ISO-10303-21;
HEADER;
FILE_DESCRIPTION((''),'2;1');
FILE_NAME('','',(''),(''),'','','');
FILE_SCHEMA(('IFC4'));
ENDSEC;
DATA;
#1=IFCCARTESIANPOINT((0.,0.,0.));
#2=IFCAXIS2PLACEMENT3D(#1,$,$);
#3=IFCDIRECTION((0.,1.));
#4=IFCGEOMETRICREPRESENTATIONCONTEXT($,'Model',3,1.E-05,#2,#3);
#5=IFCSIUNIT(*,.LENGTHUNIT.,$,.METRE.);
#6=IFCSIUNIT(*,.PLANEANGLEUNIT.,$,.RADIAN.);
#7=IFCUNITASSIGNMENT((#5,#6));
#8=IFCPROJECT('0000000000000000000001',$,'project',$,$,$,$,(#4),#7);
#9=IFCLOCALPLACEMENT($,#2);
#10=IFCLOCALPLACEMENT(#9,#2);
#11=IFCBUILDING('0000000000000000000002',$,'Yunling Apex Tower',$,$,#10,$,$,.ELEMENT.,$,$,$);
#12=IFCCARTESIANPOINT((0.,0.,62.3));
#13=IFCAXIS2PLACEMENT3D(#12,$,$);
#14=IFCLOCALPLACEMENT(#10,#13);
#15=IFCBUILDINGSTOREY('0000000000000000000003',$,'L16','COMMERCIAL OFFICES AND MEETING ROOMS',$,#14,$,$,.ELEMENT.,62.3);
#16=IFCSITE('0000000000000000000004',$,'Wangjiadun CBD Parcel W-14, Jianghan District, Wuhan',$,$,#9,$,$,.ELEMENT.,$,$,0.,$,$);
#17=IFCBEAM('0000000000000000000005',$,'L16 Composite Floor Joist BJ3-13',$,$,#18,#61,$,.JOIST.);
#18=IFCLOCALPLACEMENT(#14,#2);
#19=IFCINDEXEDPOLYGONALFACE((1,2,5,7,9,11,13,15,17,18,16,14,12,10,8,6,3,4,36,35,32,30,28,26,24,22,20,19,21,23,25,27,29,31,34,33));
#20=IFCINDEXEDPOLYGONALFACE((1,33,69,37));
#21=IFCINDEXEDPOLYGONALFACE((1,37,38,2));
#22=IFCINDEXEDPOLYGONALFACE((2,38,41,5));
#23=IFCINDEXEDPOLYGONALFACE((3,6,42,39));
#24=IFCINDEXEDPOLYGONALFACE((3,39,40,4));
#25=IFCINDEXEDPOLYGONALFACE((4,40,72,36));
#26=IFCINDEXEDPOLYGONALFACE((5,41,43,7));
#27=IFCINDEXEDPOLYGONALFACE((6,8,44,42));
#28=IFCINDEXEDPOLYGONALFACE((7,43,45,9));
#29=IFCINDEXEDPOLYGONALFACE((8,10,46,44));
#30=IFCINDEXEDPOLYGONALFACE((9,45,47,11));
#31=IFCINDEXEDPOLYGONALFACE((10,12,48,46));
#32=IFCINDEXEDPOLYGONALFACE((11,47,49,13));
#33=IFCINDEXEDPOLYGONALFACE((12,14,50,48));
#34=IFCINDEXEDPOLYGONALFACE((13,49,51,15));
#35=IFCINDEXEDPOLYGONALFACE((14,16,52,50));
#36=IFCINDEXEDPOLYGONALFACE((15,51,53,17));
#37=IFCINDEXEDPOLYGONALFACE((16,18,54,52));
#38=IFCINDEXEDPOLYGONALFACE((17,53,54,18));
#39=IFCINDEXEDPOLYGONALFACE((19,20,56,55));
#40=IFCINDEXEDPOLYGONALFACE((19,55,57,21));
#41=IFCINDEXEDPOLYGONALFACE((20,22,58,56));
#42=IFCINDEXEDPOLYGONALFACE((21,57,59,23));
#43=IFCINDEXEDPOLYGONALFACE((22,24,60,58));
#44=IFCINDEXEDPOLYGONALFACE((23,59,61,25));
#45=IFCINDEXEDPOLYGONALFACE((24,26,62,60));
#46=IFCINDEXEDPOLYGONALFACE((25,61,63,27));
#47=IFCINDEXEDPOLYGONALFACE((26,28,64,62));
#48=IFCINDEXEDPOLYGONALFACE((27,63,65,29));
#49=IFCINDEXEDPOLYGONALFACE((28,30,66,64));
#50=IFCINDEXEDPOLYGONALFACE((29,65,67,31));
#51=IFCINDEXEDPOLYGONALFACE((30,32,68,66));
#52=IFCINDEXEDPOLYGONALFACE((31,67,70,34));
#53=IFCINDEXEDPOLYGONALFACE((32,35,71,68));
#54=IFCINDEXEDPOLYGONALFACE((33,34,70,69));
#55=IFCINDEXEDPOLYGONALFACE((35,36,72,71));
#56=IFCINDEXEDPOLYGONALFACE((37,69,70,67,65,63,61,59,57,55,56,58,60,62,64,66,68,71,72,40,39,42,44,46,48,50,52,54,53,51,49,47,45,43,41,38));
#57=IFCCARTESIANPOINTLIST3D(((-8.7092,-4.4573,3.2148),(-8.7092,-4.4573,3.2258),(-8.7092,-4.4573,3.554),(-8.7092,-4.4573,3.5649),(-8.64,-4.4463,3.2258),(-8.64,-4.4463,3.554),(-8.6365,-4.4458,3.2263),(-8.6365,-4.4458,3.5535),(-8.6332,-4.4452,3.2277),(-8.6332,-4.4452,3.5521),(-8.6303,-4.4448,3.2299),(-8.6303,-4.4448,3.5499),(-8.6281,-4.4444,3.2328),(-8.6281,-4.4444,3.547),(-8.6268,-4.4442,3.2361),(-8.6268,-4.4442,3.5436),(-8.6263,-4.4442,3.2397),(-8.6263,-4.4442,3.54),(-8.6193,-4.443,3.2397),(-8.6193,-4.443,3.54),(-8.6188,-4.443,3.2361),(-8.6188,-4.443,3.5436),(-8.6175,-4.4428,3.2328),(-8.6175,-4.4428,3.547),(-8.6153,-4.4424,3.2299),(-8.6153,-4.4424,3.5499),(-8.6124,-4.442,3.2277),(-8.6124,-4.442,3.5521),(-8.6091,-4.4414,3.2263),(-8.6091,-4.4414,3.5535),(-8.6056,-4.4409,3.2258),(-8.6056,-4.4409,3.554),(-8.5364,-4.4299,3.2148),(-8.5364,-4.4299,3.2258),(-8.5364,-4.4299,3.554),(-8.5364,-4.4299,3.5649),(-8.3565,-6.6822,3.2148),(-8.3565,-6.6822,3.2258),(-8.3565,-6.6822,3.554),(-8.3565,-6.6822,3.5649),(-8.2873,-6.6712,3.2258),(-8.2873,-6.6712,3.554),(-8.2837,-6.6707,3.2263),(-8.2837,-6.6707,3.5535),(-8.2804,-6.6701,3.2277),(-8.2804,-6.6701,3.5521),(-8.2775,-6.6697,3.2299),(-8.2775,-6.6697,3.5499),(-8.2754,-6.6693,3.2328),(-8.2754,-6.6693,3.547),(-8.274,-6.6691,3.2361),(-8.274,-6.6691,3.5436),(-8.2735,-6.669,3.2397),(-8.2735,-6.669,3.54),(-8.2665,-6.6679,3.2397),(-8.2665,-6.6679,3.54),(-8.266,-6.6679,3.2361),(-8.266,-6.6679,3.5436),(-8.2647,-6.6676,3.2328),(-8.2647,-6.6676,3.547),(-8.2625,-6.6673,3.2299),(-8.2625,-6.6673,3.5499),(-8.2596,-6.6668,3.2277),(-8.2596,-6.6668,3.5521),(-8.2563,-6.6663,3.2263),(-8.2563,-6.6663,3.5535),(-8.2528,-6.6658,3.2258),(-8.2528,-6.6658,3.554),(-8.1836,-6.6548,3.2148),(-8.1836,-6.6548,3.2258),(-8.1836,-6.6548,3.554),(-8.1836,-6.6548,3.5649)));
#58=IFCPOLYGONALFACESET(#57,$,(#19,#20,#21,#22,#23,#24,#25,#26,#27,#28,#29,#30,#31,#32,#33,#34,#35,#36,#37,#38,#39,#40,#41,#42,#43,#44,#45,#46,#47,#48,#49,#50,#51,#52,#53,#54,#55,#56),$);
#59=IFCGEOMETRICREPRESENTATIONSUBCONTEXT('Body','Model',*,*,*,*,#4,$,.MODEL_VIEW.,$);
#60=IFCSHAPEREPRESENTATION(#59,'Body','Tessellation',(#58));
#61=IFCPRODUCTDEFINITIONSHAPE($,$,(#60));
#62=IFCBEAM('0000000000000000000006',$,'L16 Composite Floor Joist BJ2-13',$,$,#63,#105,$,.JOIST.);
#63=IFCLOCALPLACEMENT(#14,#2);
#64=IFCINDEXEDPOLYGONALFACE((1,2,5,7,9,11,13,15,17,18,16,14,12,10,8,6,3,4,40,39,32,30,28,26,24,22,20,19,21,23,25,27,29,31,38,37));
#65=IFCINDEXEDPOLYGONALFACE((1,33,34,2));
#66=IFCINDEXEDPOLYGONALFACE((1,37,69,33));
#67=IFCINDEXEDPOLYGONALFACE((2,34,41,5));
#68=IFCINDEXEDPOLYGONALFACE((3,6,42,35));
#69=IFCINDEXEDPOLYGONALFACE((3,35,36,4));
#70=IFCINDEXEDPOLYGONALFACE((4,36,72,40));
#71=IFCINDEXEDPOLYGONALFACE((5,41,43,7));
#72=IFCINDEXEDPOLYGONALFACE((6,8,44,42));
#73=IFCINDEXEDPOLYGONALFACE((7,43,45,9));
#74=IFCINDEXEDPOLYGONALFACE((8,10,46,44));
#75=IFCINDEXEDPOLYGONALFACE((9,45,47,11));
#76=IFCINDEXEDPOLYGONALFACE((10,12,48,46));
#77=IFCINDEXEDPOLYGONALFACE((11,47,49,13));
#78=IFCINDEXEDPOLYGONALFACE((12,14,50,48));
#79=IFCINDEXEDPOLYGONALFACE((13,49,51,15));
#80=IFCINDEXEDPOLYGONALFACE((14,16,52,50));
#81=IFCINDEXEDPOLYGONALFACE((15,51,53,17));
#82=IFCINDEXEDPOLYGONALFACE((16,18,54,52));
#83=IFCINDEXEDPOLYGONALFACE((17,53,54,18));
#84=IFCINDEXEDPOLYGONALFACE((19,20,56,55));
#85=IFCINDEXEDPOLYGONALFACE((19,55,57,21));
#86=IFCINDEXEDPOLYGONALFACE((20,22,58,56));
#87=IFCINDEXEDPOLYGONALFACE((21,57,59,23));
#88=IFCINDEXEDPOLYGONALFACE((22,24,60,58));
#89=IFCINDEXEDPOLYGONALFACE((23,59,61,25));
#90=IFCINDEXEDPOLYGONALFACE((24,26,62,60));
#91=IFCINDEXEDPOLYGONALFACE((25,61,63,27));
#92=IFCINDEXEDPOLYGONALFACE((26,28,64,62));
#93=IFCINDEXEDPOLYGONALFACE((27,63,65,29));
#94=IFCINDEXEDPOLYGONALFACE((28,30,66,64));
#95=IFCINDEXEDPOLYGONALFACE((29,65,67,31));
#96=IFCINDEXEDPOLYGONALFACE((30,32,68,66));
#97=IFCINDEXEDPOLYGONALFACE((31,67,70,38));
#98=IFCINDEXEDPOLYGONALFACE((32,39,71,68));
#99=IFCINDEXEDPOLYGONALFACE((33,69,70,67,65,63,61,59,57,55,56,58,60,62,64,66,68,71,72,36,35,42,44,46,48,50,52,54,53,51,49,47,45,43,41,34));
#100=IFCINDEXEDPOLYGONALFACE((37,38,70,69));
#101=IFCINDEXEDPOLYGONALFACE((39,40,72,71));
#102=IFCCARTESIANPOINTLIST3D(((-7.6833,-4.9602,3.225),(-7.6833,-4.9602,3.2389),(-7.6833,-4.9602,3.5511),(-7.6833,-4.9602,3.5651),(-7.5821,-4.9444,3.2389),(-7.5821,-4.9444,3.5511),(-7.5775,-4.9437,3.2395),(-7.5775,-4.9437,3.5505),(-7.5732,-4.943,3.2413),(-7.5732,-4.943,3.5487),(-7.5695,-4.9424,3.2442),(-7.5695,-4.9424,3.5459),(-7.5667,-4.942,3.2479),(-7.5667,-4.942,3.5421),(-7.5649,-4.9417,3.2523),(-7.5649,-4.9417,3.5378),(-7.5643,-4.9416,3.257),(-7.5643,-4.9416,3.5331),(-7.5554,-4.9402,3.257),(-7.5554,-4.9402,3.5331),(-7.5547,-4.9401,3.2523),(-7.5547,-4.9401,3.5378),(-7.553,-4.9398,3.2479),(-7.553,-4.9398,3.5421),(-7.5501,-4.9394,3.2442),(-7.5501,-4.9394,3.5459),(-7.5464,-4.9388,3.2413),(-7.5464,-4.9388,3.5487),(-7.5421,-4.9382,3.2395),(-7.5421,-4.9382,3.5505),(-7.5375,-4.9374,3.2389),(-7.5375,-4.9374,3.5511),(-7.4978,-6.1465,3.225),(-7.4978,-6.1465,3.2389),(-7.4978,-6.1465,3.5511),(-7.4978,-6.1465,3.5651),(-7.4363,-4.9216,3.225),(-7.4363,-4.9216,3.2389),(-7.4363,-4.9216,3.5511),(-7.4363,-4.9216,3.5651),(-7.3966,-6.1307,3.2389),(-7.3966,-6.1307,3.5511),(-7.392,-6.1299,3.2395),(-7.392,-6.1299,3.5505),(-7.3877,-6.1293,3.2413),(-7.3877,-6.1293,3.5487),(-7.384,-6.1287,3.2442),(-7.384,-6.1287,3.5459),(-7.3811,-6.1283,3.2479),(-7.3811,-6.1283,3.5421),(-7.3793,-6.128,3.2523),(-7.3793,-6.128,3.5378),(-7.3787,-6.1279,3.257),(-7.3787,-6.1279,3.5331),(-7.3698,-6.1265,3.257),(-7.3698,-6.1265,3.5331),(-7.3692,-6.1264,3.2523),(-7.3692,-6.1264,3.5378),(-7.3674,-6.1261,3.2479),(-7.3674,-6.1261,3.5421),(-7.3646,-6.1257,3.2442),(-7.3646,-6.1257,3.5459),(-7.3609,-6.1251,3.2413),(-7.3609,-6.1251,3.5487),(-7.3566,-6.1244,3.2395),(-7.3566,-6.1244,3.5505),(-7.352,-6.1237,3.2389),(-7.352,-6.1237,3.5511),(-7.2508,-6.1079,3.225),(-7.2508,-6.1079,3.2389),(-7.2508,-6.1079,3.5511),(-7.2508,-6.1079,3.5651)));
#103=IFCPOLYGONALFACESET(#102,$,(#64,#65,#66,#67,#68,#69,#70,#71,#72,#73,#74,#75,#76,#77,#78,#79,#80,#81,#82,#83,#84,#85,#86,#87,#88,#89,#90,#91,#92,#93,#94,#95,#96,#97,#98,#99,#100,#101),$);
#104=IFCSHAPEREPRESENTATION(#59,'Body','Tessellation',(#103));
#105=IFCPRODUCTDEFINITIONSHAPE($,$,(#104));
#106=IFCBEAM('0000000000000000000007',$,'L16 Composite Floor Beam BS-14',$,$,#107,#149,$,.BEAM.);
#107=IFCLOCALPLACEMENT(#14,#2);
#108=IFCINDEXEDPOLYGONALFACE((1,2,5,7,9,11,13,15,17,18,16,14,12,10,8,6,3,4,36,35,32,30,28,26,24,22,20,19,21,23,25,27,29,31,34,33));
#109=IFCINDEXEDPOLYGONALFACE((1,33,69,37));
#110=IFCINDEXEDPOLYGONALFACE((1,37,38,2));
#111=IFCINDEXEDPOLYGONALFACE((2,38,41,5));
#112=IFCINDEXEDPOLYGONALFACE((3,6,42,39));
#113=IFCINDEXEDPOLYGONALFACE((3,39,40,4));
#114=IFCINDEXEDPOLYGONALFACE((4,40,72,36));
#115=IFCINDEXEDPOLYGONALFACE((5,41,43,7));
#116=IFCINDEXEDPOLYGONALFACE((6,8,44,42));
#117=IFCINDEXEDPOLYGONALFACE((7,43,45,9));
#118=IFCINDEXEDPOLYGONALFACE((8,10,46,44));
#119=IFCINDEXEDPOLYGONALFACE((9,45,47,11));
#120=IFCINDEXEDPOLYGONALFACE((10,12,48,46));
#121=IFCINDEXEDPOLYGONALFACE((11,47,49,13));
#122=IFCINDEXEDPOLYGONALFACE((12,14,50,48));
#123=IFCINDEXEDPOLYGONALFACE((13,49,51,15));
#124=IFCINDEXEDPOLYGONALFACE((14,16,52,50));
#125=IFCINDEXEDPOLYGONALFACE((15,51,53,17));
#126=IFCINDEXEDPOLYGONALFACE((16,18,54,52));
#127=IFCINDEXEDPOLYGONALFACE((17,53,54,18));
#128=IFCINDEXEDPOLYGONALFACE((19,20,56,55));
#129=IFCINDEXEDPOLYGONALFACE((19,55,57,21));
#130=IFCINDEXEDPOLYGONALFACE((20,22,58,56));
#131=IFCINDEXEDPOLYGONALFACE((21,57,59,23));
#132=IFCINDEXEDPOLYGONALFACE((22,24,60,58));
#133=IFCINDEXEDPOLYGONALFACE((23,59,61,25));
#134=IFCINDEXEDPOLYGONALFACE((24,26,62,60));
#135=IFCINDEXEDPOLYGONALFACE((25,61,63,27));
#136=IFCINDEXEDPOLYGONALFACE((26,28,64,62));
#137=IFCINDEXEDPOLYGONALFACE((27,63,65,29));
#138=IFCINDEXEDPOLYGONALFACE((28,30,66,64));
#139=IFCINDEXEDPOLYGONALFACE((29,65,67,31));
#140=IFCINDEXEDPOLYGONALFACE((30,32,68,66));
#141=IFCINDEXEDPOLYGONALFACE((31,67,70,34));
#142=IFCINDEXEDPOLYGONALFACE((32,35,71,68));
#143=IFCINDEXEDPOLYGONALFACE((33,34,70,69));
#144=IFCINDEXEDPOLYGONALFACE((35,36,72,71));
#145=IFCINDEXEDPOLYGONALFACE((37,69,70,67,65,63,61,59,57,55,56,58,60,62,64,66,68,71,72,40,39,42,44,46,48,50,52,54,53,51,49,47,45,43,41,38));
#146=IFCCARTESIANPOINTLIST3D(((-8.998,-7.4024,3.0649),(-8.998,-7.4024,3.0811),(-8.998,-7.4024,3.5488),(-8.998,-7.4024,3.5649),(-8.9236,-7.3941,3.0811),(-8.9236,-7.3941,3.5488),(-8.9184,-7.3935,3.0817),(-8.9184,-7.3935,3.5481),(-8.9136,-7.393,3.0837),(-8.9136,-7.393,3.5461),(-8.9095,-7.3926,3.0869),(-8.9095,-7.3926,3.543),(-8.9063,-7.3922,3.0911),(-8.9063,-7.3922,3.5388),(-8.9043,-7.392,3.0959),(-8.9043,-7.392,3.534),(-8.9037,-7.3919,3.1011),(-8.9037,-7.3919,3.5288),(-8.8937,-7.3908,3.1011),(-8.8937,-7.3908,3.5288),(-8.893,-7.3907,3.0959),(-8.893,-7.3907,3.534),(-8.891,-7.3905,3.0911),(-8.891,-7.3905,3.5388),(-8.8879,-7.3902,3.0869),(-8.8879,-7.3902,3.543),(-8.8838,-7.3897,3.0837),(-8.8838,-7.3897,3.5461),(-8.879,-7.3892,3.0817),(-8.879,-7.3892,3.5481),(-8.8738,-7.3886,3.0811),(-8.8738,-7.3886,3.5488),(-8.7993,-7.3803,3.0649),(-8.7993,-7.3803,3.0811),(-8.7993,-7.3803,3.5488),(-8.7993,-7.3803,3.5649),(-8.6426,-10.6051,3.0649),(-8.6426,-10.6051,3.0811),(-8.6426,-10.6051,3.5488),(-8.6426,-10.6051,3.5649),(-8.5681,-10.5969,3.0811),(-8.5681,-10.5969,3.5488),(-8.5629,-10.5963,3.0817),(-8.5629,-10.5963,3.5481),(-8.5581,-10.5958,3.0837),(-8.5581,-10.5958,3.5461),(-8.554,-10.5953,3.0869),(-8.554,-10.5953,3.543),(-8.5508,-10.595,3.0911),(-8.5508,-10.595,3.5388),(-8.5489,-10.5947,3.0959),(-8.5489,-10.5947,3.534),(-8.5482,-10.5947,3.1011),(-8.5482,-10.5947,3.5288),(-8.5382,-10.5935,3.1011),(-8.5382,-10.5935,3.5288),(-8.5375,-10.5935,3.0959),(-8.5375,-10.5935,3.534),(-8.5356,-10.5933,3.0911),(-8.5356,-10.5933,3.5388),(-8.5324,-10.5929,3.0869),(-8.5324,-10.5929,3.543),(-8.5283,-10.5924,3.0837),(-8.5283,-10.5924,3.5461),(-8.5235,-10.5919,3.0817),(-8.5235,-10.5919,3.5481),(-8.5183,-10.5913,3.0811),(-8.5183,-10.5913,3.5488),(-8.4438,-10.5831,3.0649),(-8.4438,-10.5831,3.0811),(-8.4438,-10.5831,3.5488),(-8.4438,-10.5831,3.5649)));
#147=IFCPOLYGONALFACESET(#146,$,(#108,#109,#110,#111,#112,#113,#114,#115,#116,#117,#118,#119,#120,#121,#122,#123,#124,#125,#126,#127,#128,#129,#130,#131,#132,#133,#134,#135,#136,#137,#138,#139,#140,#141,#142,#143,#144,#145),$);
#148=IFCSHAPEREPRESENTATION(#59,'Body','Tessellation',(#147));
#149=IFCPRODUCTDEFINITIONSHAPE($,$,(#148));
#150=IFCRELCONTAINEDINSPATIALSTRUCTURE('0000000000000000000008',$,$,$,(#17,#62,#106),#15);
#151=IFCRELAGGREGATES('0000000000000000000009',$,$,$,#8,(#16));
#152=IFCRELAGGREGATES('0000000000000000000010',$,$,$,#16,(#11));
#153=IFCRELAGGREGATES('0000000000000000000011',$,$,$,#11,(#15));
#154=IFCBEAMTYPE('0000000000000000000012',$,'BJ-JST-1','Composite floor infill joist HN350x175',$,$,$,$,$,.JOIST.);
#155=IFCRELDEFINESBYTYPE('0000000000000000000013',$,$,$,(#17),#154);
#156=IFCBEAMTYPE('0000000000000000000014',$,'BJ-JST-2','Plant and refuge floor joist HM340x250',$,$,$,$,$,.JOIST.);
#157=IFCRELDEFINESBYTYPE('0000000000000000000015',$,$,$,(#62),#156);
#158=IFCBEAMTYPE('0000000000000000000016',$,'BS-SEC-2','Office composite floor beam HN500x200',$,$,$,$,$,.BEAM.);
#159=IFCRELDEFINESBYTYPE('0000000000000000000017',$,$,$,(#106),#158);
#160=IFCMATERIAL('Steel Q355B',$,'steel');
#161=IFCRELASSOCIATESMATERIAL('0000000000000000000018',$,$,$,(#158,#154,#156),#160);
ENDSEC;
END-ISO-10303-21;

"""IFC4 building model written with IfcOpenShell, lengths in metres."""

from ifc_helpers import new_model, si_unit, direction, frame, origin, origin_2d, place, context, subcontext, project, spatial, i_section, extrude, source, transform, mapped, material, material_profile, profile_set, type_object, element, save


model = new_model("IFC4")

# Units and contexts
model_context = context("Model", 3, precision=1e-05, world=origin(), true_north=direction((0.0, 1.0)))
body_context = subcontext(model_context, "Body", "Model", "MODEL_VIEW")
ifc_project = project(units=[si_unit("LENGTHUNIT", "METRE"), si_unit("PLANEANGLEUNIT", "RADIAN")], contexts=[model_context])

# Site, building, storey
site_placement = place(None, origin())
site = spatial("IfcSite", under=ifc_project, at=site_placement, Name="Wangjiadun CBD Parcel W-14, Jianghan District, Wuhan", CompositionType="ELEMENT", RefElevation=0.0)
building_placement = place(site_placement, origin())
building = spatial("IfcBuilding", under=site, at=building_placement, Name="Yunling Apex Tower", CompositionType="ELEMENT")
storey_placement = place(building_placement, frame((0.0, 0.0, 62.3)))
storey = spatial("IfcBuildingStorey", under=building, at=storey_placement, Name="L16", Description="COMMERCIAL OFFICES AND MEETING ROOMS", CompositionType="ELEMENT", Elevation=62.3)

# Beams
ifc_material_1 = material(Name="Steel Q355B", Category="steel")
ifc_material_profile_1 = material_profile(ifc_material_1, i_section(OverallWidth=0.2, OverallDepth=0.5, WebThickness=0.01, FlangeThickness=0.0161, FilletRadius=0.02, at=origin_2d()))
ifc_profile_set_1 = profile_set([ifc_material_profile_1], Name="Steel Q355B")
beam_type_1 = type_object("IfcBeamType", Name="BS-SEC-2", Description="Office composite floor beam HN500x200", PredefinedType="BEAM", material=ifc_profile_set_1)
ifc_material_profile_2 = material_profile(ifc_material_1, i_section(OverallWidth=0.175, OverallDepth=0.3501, WebThickness=0.0071, FlangeThickness=0.011, FilletRadius=0.0139, at=origin_2d()))
ifc_profile_set_2 = profile_set([ifc_material_profile_2], Name="Steel Q355B")
beam_type_2 = type_object("IfcBeamType", Name="BJ-JST-1", Description="Composite floor infill joist HN350x175", PredefinedType="JOIST", material=ifc_profile_set_2)
shared_shape_1 = source(origin(), body_context, "Body", "SweptSolid", [
    extrude(i_section(OverallWidth=0.175, OverallDepth=0.3501, WebThickness=0.0071, FlangeThickness=0.011, FilletRadius=0.0139, at=origin_2d()), origin(), (0.0, 0.0, 1.0), 2.2527),
])
beam_1_placement = place(storey_placement, frame((-8.6228, -4.4436, 3.3899), z_axis=(0.156608, -0.987661, 0.0), x_axis=(0.987661, 0.156608, 0.0)))
element("IfcBeam", 1, at=beam_1_placement, inside=storey, type_object=beam_type_2, Name="L16 Composite Floor Joist BJ3-13", PredefinedType="JOIST", context=body_context, shape_type="MappedRepresentation", body=[
    mapped(shared_shape_1, transform((0.0, 0.0, 0.0), scale=1.0)),
])
ifc_material_profile_3 = material_profile(ifc_material_1, i_section(OverallWidth=0.25, OverallDepth=0.3401, WebThickness=0.009, FlangeThickness=0.0139, FilletRadius=0.0181, at=origin_2d()))
ifc_profile_set_3 = profile_set([ifc_material_profile_3], Name="Steel Q355B")
beam_type_3 = type_object("IfcBeamType", Name="BJ-JST-2", Description="Plant and refuge floor joist HM340x250", PredefinedType="JOIST", material=ifc_profile_set_3)
shared_shape_2 = source(origin(), body_context, "Body", "SweptSolid", [
    extrude(i_section(OverallWidth=0.25, OverallDepth=0.3401, WebThickness=0.009, FlangeThickness=0.0139, FilletRadius=0.0181, at=origin_2d()), origin(), (0.0, 0.0, 1.0), 1.2007),
])
beam_2_placement = place(storey_placement, frame((-7.5598, -4.9409, 3.395), z_axis=(0.154532, -0.987988, 0.0), x_axis=(0.987988, 0.154532, 0.0)))
element("IfcBeam", 2, at=beam_2_placement, inside=storey, type_object=beam_type_3, Name="L16 Composite Floor Joist BJ2-13", PredefinedType="JOIST", context=body_context, shape_type="MappedRepresentation", body=[
    mapped(shared_shape_2, transform((0.0, 0.0, 0.0), scale=1.0)),
])
shared_shape_3 = source(origin(), body_context, "Body", "SweptSolid", [
    extrude(i_section(OverallWidth=0.2, OverallDepth=0.5, WebThickness=0.01, FlangeThickness=0.0161, FilletRadius=0.02, at=origin_2d()), origin(), (0.0, 0.0, 1.0), 3.2224),
])
beam_3_placement = place(storey_placement, frame((-8.8987, -7.3914, 3.3149), z_axis=(0.110315, -0.993897, 0.0), x_axis=(0.993897, 0.110315, 0.0)))
element("IfcBeam", 3, at=beam_3_placement, inside=storey, type_object=beam_type_1, Name="L16 Composite Floor Beam BS-14", PredefinedType="BEAM", context=body_context, shape_type="MappedRepresentation", body=[
    mapped(shared_shape_3, transform((0.0, 0.0, 0.0), scale=1.0)),
])

save(model, "model.ifc")
